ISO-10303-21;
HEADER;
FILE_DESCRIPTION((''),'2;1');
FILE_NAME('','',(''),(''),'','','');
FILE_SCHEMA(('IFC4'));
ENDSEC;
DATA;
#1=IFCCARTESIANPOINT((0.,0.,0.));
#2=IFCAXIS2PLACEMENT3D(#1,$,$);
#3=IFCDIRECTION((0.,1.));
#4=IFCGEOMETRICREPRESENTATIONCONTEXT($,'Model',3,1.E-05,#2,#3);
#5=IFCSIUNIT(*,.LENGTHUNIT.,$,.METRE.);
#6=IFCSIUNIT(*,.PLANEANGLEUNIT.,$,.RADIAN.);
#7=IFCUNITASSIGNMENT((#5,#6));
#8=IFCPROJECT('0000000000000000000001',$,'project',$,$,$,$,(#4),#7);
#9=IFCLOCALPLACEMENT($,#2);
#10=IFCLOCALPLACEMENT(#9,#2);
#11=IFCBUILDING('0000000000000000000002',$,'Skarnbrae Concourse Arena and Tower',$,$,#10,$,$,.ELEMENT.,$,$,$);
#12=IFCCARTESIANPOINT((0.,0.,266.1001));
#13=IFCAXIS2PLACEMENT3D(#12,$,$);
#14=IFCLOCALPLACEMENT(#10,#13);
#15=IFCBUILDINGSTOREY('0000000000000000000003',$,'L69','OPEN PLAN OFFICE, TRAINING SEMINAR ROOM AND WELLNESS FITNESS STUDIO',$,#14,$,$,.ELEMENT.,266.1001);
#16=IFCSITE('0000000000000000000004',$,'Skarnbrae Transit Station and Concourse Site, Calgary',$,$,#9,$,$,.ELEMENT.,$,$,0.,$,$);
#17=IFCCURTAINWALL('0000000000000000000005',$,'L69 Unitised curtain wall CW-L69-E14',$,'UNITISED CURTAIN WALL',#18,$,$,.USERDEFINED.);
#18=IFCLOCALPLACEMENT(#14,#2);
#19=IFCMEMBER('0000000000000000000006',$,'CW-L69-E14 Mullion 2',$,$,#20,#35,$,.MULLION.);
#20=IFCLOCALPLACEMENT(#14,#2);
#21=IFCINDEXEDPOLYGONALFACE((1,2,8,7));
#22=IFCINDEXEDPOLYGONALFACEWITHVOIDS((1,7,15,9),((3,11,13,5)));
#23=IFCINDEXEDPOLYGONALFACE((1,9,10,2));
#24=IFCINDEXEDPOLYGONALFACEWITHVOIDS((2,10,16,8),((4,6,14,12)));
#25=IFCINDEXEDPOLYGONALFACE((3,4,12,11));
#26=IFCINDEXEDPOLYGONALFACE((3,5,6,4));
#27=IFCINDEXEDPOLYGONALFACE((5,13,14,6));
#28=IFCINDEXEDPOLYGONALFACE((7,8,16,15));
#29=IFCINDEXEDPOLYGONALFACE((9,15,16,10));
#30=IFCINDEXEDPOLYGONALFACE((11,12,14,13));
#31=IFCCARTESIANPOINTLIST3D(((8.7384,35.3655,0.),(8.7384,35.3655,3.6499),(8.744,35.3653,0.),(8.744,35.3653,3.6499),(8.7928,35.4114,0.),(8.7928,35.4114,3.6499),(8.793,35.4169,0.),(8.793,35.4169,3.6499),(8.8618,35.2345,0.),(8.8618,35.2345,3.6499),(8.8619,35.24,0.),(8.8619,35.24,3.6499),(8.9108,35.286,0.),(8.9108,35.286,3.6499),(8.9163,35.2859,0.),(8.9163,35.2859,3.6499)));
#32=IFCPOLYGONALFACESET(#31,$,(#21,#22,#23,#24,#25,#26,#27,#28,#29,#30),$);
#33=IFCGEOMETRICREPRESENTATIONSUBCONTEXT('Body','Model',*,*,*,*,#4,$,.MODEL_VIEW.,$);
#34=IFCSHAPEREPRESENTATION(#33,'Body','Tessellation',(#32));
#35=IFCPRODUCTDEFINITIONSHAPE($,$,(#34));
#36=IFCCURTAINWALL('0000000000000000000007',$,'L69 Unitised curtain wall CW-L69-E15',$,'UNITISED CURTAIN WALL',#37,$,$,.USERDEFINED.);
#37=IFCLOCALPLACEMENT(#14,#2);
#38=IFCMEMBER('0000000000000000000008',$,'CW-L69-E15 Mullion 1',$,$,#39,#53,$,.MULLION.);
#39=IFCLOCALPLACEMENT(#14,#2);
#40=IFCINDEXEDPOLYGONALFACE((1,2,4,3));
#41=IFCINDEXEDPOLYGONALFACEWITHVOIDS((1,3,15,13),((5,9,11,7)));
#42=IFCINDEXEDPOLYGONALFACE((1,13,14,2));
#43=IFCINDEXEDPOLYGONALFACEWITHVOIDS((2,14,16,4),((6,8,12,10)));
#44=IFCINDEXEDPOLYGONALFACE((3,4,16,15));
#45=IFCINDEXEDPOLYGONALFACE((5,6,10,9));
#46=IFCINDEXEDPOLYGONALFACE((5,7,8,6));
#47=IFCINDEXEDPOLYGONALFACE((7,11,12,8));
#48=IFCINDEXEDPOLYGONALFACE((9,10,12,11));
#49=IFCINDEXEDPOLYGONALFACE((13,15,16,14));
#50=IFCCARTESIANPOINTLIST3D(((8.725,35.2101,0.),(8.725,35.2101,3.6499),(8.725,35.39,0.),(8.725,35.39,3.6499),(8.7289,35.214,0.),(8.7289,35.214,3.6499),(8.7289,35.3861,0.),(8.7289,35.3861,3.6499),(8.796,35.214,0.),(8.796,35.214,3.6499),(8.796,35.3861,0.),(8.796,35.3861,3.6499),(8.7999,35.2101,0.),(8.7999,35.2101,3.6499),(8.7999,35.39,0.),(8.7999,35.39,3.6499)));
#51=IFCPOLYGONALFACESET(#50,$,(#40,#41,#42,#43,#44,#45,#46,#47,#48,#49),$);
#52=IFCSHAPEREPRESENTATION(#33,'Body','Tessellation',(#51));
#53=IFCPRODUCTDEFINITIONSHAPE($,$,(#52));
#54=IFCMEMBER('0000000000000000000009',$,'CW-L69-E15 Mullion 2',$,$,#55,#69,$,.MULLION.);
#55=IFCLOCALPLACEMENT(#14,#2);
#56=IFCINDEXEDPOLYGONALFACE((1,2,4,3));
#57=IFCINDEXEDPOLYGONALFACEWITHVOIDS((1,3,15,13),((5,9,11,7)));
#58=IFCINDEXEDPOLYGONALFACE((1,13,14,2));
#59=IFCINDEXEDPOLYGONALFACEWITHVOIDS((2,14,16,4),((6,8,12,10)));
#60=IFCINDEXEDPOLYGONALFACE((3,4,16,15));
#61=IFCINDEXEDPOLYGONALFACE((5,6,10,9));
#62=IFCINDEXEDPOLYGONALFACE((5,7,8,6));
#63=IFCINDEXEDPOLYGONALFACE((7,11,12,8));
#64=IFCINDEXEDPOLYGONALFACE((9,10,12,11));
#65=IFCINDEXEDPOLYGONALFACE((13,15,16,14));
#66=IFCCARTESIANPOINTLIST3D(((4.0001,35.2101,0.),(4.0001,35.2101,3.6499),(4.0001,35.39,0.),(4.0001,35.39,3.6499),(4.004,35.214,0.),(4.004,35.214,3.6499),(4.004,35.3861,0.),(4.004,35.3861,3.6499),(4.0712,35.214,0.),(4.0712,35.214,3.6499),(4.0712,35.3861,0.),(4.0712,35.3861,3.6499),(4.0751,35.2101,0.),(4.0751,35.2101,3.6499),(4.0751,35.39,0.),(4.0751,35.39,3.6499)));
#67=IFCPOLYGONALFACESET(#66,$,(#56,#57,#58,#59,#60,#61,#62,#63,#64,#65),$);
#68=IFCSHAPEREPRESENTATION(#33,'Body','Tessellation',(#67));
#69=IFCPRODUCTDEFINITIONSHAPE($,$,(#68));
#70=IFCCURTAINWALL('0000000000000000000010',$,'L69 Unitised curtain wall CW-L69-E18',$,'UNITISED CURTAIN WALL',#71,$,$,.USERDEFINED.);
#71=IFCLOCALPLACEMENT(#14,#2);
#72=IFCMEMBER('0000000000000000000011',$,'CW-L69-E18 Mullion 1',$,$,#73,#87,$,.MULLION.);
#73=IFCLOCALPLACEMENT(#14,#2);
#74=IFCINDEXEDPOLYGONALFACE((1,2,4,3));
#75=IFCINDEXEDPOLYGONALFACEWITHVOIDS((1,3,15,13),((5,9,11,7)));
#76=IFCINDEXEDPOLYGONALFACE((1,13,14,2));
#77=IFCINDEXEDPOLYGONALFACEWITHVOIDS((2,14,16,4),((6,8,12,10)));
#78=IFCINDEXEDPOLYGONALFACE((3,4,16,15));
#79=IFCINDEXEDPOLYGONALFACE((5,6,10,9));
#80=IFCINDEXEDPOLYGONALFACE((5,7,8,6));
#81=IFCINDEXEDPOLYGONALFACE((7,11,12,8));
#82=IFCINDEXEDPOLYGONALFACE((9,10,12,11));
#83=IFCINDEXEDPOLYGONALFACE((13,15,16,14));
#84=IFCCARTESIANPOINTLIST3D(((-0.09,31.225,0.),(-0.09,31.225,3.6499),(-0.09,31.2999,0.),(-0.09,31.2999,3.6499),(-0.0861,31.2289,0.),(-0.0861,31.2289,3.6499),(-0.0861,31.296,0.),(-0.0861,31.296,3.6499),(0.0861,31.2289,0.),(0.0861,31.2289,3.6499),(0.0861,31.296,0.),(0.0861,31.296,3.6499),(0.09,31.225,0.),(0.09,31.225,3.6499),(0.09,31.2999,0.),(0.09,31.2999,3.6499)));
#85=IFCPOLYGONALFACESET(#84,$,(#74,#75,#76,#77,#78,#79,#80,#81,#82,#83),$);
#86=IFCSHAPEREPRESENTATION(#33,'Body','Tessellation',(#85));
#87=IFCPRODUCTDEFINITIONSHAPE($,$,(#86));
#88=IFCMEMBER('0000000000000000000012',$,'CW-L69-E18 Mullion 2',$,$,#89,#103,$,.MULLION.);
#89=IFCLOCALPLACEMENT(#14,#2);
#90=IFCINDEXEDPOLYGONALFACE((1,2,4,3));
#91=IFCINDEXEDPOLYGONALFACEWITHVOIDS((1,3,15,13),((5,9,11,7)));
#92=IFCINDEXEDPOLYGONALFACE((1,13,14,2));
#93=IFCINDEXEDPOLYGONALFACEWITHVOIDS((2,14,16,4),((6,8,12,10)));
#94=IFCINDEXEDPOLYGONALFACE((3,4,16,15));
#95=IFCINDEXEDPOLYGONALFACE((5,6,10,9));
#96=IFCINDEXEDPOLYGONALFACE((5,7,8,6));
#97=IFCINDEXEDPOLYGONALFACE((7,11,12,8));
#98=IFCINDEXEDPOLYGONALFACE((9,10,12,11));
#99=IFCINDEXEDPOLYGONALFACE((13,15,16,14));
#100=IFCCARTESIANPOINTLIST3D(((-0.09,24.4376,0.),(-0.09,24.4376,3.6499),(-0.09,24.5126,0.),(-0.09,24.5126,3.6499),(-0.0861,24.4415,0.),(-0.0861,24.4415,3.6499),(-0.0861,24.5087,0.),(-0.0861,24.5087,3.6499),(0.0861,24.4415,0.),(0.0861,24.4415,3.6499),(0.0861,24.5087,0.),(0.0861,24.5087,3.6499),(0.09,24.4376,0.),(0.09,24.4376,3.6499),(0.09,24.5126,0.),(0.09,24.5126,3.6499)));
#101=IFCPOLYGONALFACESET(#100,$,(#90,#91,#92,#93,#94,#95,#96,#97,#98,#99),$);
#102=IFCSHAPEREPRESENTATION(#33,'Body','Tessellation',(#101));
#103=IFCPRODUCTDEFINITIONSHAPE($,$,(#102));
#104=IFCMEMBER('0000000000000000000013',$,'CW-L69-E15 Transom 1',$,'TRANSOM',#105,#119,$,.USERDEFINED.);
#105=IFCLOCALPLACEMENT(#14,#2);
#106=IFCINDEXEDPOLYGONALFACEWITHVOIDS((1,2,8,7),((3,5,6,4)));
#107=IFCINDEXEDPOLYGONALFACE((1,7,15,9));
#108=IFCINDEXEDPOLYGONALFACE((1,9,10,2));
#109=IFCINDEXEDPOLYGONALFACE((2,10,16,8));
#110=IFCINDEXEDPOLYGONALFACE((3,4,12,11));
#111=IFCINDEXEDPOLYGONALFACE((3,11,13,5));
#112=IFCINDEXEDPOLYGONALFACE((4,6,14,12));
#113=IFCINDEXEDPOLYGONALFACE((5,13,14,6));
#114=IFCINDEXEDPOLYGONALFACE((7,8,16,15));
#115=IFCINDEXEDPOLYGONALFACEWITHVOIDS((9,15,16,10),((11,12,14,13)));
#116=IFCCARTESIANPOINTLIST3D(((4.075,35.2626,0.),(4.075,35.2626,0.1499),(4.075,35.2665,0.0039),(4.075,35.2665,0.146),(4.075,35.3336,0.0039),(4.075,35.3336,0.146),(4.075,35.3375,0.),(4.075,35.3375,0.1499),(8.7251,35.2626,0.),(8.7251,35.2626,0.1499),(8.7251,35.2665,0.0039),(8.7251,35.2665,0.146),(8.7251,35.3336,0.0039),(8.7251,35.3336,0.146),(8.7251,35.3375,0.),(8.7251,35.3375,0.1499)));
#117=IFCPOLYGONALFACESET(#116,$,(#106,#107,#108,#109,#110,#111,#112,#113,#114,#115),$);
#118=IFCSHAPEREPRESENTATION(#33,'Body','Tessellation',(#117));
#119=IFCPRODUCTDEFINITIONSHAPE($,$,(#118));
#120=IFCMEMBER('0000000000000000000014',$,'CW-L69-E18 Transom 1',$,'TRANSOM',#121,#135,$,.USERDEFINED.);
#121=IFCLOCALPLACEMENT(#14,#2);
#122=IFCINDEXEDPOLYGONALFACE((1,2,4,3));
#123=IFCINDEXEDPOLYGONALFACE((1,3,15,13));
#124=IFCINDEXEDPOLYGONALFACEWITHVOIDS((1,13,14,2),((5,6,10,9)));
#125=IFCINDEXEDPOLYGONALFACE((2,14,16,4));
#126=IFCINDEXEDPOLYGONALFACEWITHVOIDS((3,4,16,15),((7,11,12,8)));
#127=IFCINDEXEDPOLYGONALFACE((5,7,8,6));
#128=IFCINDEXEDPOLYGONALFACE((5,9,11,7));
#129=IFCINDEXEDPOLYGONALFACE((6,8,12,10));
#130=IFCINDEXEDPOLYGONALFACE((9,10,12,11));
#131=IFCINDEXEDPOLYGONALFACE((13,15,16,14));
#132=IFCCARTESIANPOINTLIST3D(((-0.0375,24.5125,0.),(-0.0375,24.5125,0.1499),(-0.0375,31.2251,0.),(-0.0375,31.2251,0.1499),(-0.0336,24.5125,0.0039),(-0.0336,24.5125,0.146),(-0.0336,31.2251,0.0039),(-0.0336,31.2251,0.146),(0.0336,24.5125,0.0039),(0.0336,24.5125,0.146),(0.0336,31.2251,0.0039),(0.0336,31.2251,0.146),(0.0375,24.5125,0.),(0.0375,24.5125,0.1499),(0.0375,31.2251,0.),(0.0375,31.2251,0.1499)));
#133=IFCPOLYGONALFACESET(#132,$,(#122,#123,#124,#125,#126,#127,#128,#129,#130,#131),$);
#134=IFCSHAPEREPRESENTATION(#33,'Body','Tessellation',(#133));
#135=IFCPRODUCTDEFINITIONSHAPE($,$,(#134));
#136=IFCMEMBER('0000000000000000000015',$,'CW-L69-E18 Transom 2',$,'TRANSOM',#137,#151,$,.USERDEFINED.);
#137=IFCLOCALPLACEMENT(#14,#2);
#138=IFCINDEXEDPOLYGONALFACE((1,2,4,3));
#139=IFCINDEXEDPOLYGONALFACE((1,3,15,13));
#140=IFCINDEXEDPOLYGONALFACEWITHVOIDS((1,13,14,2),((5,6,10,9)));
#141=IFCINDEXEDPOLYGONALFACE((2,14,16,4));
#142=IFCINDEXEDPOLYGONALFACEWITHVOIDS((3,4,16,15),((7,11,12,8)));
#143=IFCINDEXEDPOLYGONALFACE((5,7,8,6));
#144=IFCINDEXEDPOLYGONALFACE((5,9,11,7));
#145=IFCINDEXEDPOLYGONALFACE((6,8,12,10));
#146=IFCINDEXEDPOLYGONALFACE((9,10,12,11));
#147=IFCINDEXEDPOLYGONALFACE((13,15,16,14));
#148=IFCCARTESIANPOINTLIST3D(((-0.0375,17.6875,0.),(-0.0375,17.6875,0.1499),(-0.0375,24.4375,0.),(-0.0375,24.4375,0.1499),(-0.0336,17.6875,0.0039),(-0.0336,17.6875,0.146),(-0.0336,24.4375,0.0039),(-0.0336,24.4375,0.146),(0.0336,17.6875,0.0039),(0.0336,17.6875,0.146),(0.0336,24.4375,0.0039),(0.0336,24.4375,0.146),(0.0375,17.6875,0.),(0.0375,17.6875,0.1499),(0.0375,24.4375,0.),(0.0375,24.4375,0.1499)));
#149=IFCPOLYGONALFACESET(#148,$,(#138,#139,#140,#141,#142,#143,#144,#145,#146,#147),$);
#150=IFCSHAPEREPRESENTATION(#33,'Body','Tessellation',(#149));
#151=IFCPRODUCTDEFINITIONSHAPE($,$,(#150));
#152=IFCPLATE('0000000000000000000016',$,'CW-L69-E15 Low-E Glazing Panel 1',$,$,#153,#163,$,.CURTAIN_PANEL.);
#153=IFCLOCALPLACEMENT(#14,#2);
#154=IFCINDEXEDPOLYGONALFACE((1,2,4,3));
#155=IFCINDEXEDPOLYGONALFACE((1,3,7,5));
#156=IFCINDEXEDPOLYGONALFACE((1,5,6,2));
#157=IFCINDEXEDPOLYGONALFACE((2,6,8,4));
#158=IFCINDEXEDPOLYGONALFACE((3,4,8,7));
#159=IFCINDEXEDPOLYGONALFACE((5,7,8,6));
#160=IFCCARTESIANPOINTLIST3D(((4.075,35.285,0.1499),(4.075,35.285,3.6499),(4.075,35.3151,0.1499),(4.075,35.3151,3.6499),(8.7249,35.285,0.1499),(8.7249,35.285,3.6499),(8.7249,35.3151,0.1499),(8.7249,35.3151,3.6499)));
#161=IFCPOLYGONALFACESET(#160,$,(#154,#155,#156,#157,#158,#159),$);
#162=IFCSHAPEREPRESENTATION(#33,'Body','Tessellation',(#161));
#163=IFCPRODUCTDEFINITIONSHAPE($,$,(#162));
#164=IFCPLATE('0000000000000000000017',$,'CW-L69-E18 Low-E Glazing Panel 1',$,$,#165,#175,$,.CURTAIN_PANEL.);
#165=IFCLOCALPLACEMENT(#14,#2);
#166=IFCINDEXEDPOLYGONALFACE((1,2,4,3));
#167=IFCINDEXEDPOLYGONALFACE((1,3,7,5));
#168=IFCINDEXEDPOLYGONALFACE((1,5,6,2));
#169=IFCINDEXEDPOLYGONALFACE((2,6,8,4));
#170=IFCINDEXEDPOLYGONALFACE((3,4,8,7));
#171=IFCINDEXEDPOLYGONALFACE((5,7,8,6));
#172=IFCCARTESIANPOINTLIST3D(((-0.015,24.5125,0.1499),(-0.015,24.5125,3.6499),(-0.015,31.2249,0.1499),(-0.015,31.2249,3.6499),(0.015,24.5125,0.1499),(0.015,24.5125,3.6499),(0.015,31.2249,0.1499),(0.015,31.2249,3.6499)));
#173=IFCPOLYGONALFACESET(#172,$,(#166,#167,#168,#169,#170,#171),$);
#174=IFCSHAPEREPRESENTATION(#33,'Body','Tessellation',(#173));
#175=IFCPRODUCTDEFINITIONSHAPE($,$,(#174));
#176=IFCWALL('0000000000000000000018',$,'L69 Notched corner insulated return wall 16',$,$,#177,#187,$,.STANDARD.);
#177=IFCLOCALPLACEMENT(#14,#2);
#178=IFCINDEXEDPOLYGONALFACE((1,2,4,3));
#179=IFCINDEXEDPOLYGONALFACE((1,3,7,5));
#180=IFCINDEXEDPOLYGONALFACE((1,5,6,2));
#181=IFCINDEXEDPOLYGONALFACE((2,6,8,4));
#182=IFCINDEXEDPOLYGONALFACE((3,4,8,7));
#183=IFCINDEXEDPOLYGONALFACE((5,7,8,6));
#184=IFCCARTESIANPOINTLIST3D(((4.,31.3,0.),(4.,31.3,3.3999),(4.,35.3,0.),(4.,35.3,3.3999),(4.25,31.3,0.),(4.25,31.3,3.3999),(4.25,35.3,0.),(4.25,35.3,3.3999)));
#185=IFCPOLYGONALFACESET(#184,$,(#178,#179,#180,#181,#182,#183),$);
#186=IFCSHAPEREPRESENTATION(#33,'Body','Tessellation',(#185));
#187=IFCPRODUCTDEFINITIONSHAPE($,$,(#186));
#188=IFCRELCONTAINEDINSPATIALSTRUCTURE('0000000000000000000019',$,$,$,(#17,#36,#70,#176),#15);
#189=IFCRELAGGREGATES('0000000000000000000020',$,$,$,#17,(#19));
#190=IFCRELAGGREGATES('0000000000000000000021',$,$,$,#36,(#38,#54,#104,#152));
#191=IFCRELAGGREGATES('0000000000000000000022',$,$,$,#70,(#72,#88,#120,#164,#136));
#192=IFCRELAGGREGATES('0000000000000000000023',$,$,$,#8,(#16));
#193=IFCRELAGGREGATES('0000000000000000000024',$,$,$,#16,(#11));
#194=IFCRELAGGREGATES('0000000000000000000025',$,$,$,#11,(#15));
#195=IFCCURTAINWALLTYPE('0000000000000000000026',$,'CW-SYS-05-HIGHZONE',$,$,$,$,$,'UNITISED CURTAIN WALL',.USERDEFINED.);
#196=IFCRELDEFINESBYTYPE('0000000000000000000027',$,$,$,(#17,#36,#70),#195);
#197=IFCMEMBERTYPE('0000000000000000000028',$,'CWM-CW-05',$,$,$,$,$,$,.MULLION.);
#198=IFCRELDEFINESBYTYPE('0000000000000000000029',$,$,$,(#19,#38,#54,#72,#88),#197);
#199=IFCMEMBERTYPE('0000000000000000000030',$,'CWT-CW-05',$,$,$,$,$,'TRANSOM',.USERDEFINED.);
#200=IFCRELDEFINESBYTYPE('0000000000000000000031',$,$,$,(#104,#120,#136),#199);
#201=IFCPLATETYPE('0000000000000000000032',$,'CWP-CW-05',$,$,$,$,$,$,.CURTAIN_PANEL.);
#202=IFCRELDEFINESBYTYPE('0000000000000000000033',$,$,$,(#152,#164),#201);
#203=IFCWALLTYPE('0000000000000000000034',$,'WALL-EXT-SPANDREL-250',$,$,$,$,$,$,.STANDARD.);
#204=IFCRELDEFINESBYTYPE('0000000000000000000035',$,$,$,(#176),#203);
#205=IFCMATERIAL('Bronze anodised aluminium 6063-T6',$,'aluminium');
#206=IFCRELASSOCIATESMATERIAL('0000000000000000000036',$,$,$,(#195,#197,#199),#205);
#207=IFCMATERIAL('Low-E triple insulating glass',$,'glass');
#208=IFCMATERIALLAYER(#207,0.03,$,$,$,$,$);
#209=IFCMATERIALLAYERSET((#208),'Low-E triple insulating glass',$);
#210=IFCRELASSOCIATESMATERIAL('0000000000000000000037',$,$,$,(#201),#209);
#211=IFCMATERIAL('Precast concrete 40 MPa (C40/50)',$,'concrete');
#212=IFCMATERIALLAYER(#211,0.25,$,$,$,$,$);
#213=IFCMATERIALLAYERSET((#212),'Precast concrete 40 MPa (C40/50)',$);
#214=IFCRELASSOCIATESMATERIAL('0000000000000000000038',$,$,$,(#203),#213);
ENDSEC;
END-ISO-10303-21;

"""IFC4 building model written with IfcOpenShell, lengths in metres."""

from ifc_helpers import new_model, si_unit, direction, frame, frame_2d, origin, origin_2d, place, context, subcontext, project, spatial, rectangle, hollow_rectangle, extrude, source, transform, mapped, material, layer, layer_set, material_profile, profile_set, type_object, element, aggregate, save


model = new_model("IFC4")

# Units and contexts
model_context = context("Model", 3, precision=1e-05, world=origin(), true_north=direction((0.0, 1.0)))
body_context = subcontext(model_context, "Body", "Model", "MODEL_VIEW")
ifc_project = project(units=[si_unit("LENGTHUNIT", "METRE"), si_unit("PLANEANGLEUNIT", "RADIAN")], contexts=[model_context])

# Site, building, storey
site_placement = place(None, origin())
site = spatial("IfcSite", under=ifc_project, at=site_placement, Name="Skarnbrae Transit Station and Concourse Site, Calgary", CompositionType="ELEMENT", RefElevation=0.0)
building_placement = place(site_placement, origin())
building = spatial("IfcBuilding", under=site, at=building_placement, Name="Skarnbrae Concourse Arena and Tower", CompositionType="ELEMENT")
storey_placement = place(building_placement, frame((0.0, 0.0, 266.1001)))
storey = spatial("IfcBuildingStorey", under=building, at=storey_placement, Name="L69", Description="OPEN PLAN OFFICE, TRAINING SEMINAR ROOM AND WELLNESS FITNESS STUDIO", CompositionType="ELEMENT", Elevation=266.1001)

# Curtain wall, member
ifc_material_1 = material(Name="Bronze anodised aluminium 6063-T6", Category="aluminium")
curtain_wall_type = type_object("IfcCurtainWallType", Name="CW-SYS-05-HIGHZONE", ElementType="UNITISED CURTAIN WALL", PredefinedType="USERDEFINED", material=ifc_material_1)
curtain_wall_1_placement = place(storey_placement, origin())
curtain_wall_1 = element("IfcCurtainWall", 1, at=curtain_wall_1_placement, inside=storey, type_object=curtain_wall_type, Name="L69 Unitised curtain wall CW-L69-E14", ObjectType="UNITISED CURTAIN WALL", PredefinedType="USERDEFINED")
ifc_material_profile_1 = material_profile(ifc_material_1, hollow_rectangle(XDim=0.075, YDim=0.1799, WallThickness=0.0039, at=origin_2d()), Name="ALU-MULL-75X180")
ifc_profile_set_1 = profile_set([ifc_material_profile_1], Name="Bronze anodised aluminium 6063-T6")
member_type_1 = type_object("IfcMemberType", Name="CWM-CW-05", PredefinedType="MULLION", material=ifc_profile_set_1)
shared_shape_1 = source(origin(), body_context, "Body", "SweptSolid", [
    extrude(hollow_rectangle(XDim=0.075, YDim=0.1799, WallThickness=0.0039, at=origin_2d()), origin(), (0.0, 0.0, 1.0), 3.6499),
])
member_1_placement = place(storey_placement, frame((8.8274, 35.3257, 0.0), z_axis=(0.0, 0.0, 1.0), x_axis=(-0.728131, -0.685438, 0.0)))
member_1 = element("IfcMember", 2, at=member_1_placement, type_object=member_type_1, Name="CW-L69-E14 Mullion 2", PredefinedType="MULLION", context=body_context, shape_type="MappedRepresentation", body=[
    mapped(shared_shape_1, transform((0.0, 0.0, 0.0))),
])
aggregate(curtain_wall_1, [member_1])

# Curtain walls, members
curtain_wall_2_placement = place(storey_placement, origin())
curtain_wall_2 = element("IfcCurtainWall", 3, at=curtain_wall_2_placement, inside=storey, type_object=curtain_wall_type, Name="L69 Unitised curtain wall CW-L69-E15", ObjectType="UNITISED CURTAIN WALL", PredefinedType="USERDEFINED")
member_2_placement = place(storey_placement, frame((8.7625, 35.3, 0.0), z_axis=(0.0, 0.0, 1.0), x_axis=(-1.0, 0.0, 0.0)))
member_2 = element("IfcMember", 4, at=member_2_placement, type_object=member_type_1, Name="CW-L69-E15 Mullion 1", PredefinedType="MULLION", context=body_context, shape_type="MappedRepresentation", body=[
    mapped(shared_shape_1, transform((0.0, 0.0, 0.0))),
])
member_3_placement = place(storey_placement, frame((4.0376, 35.3, 0.0), z_axis=(0.0, 0.0, 1.0), x_axis=(-1.0, 0.0, 0.0)))
member_3 = element("IfcMember", 5, at=member_3_placement, type_object=member_type_1, Name="CW-L69-E15 Mullion 2", PredefinedType="MULLION", context=body_context, shape_type="MappedRepresentation", body=[
    mapped(shared_shape_1, transform((0.0, 0.0, 0.0))),
])
curtain_wall_3_placement = place(storey_placement, origin())
curtain_wall_3 = element("IfcCurtainWall", 6, at=curtain_wall_3_placement, inside=storey, type_object=curtain_wall_type, Name="L69 Unitised curtain wall CW-L69-E18", ObjectType="UNITISED CURTAIN WALL", PredefinedType="USERDEFINED")
member_4_placement = place(storey_placement, frame((0.0, 31.2625, 0.0), z_axis=(0.0, 0.0, 1.0), x_axis=(0.0, -1.0, 0.0)))
member_4 = element("IfcMember", 7, at=member_4_placement, type_object=member_type_1, Name="CW-L69-E18 Mullion 1", PredefinedType="MULLION", context=body_context, shape_type="MappedRepresentation", body=[
    mapped(shared_shape_1, transform((0.0, 0.0, 0.0))),
])
member_5_placement = place(storey_placement, frame((0.0, 24.4751, 0.0), z_axis=(0.0, 0.0, 1.0), x_axis=(0.0, -1.0, 0.0)))
member_5 = element("IfcMember", 8, at=member_5_placement, type_object=member_type_1, Name="CW-L69-E18 Mullion 2", PredefinedType="MULLION", context=body_context, shape_type="MappedRepresentation", body=[
    mapped(shared_shape_1, transform((0.0, 0.0, 0.0))),
])

# Members
ifc_material_profile_2 = material_profile(ifc_material_1, hollow_rectangle(XDim=0.075, YDim=0.1499, WallThickness=0.0039, at=origin_2d()), Name="ALU-TRAN-75X150")
ifc_profile_set_2 = profile_set([ifc_material_profile_2], Name="Bronze anodised aluminium 6063-T6")
member_type_2 = type_object("IfcMemberType", Name="CWT-CW-05", ElementType="TRANSOM", PredefinedType="USERDEFINED", material=ifc_profile_set_2)
shared_shape_2 = source(origin(), body_context, "Body", "SweptSolid", [
    extrude(hollow_rectangle(XDim=0.075, YDim=0.1499, WallThickness=0.0039, at=origin_2d()), origin(), (0.0, 0.0, 1.0), 4.6501),
])
member_6_placement = place(storey_placement, frame((8.7251, 35.3, 0.075), z_axis=(-1.0, 0.0, 0.0), x_axis=(0.0, -1.0, 0.0)))
member_6 = element("IfcMember", 9, at=member_6_placement, type_object=member_type_2, Name="CW-L69-E15 Transom 1", ObjectType="TRANSOM", PredefinedType="USERDEFINED", context=body_context, shape_type="MappedRepresentation", body=[
    mapped(shared_shape_2, transform((0.0, 0.0, 0.0))),
])
shared_shape_3 = source(origin(), body_context, "Body", "SweptSolid", [
    extrude(hollow_rectangle(XDim=0.075, YDim=0.1499, WallThickness=0.0039, at=origin_2d()), origin(), (0.0, 0.0, 1.0), 6.7126),
])
member_7_placement = place(storey_placement, frame((0.0, 31.2251, 0.075), z_axis=(0.0, -1.0, 0.0), x_axis=(1.0, 0.0, 0.0)))
member_7 = element("IfcMember", 10, at=member_7_placement, type_object=member_type_2, Name="CW-L69-E18 Transom 1", ObjectType="TRANSOM", PredefinedType="USERDEFINED", context=body_context, shape_type="MappedRepresentation", body=[
    mapped(shared_shape_3, transform((0.0, 0.0, 0.0))),
])
shared_shape_4 = source(origin(), body_context, "Body", "SweptSolid", [
    extrude(hollow_rectangle(XDim=0.075, YDim=0.1499, WallThickness=0.0039, at=origin_2d()), origin(), (0.0, 0.0, 1.0), 6.75),
])
member_8_placement = place(storey_placement, frame((0.0, 24.4375, 0.075), z_axis=(0.0, -1.0, 0.0), x_axis=(1.0, 0.0, 0.0)))
member_8 = element("IfcMember", 11, at=member_8_placement, type_object=member_type_2, Name="CW-L69-E18 Transom 2", ObjectType="TRANSOM", PredefinedType="USERDEFINED", context=body_context, shape_type="MappedRepresentation", body=[
    mapped(shared_shape_4, transform((0.0, 0.0, 0.0))),
])

# Plates
ifc_material_2 = material(Name="Low-E triple insulating glass", Category="glass")
ifc_layer_1 = layer(ifc_material_2, 0.03)
ifc_layer_set_1 = layer_set([ifc_layer_1], Name="Low-E triple insulating glass")
plate_type = type_object("IfcPlateType", Name="CWP-CW-05", PredefinedType="CURTAIN_PANEL", material=ifc_layer_set_1)
shared_shape_5 = source(origin(), body_context, "Body", "SweptSolid", [
    extrude(rectangle(XDim=4.6499, YDim=0.03, at=origin_2d()), origin(), (0.0, 0.0, 1.0), 3.5),
])
plate_1_placement = place(storey_placement, frame((6.3999, 35.3, 0.1499), z_axis=(0.0, 0.0, 1.0), x_axis=(-1.0, 0.0, 0.0)))
plate_1 = element("IfcPlate", 12, at=plate_1_placement, type_object=plate_type, Name="CW-L69-E15 Low-E Glazing Panel 1", PredefinedType="CURTAIN_PANEL", context=body_context, shape_type="MappedRepresentation", body=[
    mapped(shared_shape_5, transform((0.0, 0.0, 0.0))),
])
aggregate(curtain_wall_2, [member_2, member_3, member_6, plate_1])
shared_shape_6 = source(origin(), body_context, "Body", "SweptSolid", [
    extrude(rectangle(XDim=6.7124, YDim=0.03, at=origin_2d()), origin(), (0.0, 0.0, 1.0), 3.5),
])
plate_2_placement = place(storey_placement, frame((0.0, 27.8687, 0.1499), z_axis=(0.0, 0.0, 1.0), x_axis=(0.0, -1.0, 0.0)))
plate_2 = element("IfcPlate", 13, at=plate_2_placement, type_object=plate_type, Name="CW-L69-E18 Low-E Glazing Panel 1", PredefinedType="CURTAIN_PANEL", context=body_context, shape_type="MappedRepresentation", body=[
    mapped(shared_shape_6, transform((0.0, 0.0, 0.0))),
])
aggregate(curtain_wall_3, [member_4, member_5, member_7, plate_2, member_8])

# Wall
ifc_material_3 = material(Name="Precast concrete 40 MPa (C40/50)", Category="concrete")
ifc_layer_2 = layer(ifc_material_3, 0.25)
ifc_layer_set_2 = layer_set([ifc_layer_2], Name="Precast concrete 40 MPa (C40/50)")
wall_type_1 = type_object("IfcWallType", Name="WALL-EXT-SPANDREL-250", PredefinedType="STANDARD", material=ifc_layer_set_2)
shared_shape_7 = source(origin(), body_context, "Body", "SweptSolid", [
    extrude(rectangle(XDim=4.0, YDim=0.25, at=frame_2d((2.0, 0.0))), origin(), (0.0, 0.0, 1.0), 3.3999),
])
for number, where, z_axis, x_axis, name in (
    (14, (4.125, 35.3, 0.0), (0.0, 0.0, 1.0), (0.0, -1.0, 0.0), "L69 Notched corner insulated return wall 16"),
):
    element("IfcWall", number, at=place(storey_placement, frame(where, z_axis=z_axis, x_axis=x_axis)), inside=storey, type_object=wall_type_1, Name=name, PredefinedType="STANDARD", context=body_context, shape_type="MappedRepresentation", body=[
        mapped(shared_shape_7, transform((0.0, 0.0, 0.0))),
    ])

save(model, "model.ifc")
